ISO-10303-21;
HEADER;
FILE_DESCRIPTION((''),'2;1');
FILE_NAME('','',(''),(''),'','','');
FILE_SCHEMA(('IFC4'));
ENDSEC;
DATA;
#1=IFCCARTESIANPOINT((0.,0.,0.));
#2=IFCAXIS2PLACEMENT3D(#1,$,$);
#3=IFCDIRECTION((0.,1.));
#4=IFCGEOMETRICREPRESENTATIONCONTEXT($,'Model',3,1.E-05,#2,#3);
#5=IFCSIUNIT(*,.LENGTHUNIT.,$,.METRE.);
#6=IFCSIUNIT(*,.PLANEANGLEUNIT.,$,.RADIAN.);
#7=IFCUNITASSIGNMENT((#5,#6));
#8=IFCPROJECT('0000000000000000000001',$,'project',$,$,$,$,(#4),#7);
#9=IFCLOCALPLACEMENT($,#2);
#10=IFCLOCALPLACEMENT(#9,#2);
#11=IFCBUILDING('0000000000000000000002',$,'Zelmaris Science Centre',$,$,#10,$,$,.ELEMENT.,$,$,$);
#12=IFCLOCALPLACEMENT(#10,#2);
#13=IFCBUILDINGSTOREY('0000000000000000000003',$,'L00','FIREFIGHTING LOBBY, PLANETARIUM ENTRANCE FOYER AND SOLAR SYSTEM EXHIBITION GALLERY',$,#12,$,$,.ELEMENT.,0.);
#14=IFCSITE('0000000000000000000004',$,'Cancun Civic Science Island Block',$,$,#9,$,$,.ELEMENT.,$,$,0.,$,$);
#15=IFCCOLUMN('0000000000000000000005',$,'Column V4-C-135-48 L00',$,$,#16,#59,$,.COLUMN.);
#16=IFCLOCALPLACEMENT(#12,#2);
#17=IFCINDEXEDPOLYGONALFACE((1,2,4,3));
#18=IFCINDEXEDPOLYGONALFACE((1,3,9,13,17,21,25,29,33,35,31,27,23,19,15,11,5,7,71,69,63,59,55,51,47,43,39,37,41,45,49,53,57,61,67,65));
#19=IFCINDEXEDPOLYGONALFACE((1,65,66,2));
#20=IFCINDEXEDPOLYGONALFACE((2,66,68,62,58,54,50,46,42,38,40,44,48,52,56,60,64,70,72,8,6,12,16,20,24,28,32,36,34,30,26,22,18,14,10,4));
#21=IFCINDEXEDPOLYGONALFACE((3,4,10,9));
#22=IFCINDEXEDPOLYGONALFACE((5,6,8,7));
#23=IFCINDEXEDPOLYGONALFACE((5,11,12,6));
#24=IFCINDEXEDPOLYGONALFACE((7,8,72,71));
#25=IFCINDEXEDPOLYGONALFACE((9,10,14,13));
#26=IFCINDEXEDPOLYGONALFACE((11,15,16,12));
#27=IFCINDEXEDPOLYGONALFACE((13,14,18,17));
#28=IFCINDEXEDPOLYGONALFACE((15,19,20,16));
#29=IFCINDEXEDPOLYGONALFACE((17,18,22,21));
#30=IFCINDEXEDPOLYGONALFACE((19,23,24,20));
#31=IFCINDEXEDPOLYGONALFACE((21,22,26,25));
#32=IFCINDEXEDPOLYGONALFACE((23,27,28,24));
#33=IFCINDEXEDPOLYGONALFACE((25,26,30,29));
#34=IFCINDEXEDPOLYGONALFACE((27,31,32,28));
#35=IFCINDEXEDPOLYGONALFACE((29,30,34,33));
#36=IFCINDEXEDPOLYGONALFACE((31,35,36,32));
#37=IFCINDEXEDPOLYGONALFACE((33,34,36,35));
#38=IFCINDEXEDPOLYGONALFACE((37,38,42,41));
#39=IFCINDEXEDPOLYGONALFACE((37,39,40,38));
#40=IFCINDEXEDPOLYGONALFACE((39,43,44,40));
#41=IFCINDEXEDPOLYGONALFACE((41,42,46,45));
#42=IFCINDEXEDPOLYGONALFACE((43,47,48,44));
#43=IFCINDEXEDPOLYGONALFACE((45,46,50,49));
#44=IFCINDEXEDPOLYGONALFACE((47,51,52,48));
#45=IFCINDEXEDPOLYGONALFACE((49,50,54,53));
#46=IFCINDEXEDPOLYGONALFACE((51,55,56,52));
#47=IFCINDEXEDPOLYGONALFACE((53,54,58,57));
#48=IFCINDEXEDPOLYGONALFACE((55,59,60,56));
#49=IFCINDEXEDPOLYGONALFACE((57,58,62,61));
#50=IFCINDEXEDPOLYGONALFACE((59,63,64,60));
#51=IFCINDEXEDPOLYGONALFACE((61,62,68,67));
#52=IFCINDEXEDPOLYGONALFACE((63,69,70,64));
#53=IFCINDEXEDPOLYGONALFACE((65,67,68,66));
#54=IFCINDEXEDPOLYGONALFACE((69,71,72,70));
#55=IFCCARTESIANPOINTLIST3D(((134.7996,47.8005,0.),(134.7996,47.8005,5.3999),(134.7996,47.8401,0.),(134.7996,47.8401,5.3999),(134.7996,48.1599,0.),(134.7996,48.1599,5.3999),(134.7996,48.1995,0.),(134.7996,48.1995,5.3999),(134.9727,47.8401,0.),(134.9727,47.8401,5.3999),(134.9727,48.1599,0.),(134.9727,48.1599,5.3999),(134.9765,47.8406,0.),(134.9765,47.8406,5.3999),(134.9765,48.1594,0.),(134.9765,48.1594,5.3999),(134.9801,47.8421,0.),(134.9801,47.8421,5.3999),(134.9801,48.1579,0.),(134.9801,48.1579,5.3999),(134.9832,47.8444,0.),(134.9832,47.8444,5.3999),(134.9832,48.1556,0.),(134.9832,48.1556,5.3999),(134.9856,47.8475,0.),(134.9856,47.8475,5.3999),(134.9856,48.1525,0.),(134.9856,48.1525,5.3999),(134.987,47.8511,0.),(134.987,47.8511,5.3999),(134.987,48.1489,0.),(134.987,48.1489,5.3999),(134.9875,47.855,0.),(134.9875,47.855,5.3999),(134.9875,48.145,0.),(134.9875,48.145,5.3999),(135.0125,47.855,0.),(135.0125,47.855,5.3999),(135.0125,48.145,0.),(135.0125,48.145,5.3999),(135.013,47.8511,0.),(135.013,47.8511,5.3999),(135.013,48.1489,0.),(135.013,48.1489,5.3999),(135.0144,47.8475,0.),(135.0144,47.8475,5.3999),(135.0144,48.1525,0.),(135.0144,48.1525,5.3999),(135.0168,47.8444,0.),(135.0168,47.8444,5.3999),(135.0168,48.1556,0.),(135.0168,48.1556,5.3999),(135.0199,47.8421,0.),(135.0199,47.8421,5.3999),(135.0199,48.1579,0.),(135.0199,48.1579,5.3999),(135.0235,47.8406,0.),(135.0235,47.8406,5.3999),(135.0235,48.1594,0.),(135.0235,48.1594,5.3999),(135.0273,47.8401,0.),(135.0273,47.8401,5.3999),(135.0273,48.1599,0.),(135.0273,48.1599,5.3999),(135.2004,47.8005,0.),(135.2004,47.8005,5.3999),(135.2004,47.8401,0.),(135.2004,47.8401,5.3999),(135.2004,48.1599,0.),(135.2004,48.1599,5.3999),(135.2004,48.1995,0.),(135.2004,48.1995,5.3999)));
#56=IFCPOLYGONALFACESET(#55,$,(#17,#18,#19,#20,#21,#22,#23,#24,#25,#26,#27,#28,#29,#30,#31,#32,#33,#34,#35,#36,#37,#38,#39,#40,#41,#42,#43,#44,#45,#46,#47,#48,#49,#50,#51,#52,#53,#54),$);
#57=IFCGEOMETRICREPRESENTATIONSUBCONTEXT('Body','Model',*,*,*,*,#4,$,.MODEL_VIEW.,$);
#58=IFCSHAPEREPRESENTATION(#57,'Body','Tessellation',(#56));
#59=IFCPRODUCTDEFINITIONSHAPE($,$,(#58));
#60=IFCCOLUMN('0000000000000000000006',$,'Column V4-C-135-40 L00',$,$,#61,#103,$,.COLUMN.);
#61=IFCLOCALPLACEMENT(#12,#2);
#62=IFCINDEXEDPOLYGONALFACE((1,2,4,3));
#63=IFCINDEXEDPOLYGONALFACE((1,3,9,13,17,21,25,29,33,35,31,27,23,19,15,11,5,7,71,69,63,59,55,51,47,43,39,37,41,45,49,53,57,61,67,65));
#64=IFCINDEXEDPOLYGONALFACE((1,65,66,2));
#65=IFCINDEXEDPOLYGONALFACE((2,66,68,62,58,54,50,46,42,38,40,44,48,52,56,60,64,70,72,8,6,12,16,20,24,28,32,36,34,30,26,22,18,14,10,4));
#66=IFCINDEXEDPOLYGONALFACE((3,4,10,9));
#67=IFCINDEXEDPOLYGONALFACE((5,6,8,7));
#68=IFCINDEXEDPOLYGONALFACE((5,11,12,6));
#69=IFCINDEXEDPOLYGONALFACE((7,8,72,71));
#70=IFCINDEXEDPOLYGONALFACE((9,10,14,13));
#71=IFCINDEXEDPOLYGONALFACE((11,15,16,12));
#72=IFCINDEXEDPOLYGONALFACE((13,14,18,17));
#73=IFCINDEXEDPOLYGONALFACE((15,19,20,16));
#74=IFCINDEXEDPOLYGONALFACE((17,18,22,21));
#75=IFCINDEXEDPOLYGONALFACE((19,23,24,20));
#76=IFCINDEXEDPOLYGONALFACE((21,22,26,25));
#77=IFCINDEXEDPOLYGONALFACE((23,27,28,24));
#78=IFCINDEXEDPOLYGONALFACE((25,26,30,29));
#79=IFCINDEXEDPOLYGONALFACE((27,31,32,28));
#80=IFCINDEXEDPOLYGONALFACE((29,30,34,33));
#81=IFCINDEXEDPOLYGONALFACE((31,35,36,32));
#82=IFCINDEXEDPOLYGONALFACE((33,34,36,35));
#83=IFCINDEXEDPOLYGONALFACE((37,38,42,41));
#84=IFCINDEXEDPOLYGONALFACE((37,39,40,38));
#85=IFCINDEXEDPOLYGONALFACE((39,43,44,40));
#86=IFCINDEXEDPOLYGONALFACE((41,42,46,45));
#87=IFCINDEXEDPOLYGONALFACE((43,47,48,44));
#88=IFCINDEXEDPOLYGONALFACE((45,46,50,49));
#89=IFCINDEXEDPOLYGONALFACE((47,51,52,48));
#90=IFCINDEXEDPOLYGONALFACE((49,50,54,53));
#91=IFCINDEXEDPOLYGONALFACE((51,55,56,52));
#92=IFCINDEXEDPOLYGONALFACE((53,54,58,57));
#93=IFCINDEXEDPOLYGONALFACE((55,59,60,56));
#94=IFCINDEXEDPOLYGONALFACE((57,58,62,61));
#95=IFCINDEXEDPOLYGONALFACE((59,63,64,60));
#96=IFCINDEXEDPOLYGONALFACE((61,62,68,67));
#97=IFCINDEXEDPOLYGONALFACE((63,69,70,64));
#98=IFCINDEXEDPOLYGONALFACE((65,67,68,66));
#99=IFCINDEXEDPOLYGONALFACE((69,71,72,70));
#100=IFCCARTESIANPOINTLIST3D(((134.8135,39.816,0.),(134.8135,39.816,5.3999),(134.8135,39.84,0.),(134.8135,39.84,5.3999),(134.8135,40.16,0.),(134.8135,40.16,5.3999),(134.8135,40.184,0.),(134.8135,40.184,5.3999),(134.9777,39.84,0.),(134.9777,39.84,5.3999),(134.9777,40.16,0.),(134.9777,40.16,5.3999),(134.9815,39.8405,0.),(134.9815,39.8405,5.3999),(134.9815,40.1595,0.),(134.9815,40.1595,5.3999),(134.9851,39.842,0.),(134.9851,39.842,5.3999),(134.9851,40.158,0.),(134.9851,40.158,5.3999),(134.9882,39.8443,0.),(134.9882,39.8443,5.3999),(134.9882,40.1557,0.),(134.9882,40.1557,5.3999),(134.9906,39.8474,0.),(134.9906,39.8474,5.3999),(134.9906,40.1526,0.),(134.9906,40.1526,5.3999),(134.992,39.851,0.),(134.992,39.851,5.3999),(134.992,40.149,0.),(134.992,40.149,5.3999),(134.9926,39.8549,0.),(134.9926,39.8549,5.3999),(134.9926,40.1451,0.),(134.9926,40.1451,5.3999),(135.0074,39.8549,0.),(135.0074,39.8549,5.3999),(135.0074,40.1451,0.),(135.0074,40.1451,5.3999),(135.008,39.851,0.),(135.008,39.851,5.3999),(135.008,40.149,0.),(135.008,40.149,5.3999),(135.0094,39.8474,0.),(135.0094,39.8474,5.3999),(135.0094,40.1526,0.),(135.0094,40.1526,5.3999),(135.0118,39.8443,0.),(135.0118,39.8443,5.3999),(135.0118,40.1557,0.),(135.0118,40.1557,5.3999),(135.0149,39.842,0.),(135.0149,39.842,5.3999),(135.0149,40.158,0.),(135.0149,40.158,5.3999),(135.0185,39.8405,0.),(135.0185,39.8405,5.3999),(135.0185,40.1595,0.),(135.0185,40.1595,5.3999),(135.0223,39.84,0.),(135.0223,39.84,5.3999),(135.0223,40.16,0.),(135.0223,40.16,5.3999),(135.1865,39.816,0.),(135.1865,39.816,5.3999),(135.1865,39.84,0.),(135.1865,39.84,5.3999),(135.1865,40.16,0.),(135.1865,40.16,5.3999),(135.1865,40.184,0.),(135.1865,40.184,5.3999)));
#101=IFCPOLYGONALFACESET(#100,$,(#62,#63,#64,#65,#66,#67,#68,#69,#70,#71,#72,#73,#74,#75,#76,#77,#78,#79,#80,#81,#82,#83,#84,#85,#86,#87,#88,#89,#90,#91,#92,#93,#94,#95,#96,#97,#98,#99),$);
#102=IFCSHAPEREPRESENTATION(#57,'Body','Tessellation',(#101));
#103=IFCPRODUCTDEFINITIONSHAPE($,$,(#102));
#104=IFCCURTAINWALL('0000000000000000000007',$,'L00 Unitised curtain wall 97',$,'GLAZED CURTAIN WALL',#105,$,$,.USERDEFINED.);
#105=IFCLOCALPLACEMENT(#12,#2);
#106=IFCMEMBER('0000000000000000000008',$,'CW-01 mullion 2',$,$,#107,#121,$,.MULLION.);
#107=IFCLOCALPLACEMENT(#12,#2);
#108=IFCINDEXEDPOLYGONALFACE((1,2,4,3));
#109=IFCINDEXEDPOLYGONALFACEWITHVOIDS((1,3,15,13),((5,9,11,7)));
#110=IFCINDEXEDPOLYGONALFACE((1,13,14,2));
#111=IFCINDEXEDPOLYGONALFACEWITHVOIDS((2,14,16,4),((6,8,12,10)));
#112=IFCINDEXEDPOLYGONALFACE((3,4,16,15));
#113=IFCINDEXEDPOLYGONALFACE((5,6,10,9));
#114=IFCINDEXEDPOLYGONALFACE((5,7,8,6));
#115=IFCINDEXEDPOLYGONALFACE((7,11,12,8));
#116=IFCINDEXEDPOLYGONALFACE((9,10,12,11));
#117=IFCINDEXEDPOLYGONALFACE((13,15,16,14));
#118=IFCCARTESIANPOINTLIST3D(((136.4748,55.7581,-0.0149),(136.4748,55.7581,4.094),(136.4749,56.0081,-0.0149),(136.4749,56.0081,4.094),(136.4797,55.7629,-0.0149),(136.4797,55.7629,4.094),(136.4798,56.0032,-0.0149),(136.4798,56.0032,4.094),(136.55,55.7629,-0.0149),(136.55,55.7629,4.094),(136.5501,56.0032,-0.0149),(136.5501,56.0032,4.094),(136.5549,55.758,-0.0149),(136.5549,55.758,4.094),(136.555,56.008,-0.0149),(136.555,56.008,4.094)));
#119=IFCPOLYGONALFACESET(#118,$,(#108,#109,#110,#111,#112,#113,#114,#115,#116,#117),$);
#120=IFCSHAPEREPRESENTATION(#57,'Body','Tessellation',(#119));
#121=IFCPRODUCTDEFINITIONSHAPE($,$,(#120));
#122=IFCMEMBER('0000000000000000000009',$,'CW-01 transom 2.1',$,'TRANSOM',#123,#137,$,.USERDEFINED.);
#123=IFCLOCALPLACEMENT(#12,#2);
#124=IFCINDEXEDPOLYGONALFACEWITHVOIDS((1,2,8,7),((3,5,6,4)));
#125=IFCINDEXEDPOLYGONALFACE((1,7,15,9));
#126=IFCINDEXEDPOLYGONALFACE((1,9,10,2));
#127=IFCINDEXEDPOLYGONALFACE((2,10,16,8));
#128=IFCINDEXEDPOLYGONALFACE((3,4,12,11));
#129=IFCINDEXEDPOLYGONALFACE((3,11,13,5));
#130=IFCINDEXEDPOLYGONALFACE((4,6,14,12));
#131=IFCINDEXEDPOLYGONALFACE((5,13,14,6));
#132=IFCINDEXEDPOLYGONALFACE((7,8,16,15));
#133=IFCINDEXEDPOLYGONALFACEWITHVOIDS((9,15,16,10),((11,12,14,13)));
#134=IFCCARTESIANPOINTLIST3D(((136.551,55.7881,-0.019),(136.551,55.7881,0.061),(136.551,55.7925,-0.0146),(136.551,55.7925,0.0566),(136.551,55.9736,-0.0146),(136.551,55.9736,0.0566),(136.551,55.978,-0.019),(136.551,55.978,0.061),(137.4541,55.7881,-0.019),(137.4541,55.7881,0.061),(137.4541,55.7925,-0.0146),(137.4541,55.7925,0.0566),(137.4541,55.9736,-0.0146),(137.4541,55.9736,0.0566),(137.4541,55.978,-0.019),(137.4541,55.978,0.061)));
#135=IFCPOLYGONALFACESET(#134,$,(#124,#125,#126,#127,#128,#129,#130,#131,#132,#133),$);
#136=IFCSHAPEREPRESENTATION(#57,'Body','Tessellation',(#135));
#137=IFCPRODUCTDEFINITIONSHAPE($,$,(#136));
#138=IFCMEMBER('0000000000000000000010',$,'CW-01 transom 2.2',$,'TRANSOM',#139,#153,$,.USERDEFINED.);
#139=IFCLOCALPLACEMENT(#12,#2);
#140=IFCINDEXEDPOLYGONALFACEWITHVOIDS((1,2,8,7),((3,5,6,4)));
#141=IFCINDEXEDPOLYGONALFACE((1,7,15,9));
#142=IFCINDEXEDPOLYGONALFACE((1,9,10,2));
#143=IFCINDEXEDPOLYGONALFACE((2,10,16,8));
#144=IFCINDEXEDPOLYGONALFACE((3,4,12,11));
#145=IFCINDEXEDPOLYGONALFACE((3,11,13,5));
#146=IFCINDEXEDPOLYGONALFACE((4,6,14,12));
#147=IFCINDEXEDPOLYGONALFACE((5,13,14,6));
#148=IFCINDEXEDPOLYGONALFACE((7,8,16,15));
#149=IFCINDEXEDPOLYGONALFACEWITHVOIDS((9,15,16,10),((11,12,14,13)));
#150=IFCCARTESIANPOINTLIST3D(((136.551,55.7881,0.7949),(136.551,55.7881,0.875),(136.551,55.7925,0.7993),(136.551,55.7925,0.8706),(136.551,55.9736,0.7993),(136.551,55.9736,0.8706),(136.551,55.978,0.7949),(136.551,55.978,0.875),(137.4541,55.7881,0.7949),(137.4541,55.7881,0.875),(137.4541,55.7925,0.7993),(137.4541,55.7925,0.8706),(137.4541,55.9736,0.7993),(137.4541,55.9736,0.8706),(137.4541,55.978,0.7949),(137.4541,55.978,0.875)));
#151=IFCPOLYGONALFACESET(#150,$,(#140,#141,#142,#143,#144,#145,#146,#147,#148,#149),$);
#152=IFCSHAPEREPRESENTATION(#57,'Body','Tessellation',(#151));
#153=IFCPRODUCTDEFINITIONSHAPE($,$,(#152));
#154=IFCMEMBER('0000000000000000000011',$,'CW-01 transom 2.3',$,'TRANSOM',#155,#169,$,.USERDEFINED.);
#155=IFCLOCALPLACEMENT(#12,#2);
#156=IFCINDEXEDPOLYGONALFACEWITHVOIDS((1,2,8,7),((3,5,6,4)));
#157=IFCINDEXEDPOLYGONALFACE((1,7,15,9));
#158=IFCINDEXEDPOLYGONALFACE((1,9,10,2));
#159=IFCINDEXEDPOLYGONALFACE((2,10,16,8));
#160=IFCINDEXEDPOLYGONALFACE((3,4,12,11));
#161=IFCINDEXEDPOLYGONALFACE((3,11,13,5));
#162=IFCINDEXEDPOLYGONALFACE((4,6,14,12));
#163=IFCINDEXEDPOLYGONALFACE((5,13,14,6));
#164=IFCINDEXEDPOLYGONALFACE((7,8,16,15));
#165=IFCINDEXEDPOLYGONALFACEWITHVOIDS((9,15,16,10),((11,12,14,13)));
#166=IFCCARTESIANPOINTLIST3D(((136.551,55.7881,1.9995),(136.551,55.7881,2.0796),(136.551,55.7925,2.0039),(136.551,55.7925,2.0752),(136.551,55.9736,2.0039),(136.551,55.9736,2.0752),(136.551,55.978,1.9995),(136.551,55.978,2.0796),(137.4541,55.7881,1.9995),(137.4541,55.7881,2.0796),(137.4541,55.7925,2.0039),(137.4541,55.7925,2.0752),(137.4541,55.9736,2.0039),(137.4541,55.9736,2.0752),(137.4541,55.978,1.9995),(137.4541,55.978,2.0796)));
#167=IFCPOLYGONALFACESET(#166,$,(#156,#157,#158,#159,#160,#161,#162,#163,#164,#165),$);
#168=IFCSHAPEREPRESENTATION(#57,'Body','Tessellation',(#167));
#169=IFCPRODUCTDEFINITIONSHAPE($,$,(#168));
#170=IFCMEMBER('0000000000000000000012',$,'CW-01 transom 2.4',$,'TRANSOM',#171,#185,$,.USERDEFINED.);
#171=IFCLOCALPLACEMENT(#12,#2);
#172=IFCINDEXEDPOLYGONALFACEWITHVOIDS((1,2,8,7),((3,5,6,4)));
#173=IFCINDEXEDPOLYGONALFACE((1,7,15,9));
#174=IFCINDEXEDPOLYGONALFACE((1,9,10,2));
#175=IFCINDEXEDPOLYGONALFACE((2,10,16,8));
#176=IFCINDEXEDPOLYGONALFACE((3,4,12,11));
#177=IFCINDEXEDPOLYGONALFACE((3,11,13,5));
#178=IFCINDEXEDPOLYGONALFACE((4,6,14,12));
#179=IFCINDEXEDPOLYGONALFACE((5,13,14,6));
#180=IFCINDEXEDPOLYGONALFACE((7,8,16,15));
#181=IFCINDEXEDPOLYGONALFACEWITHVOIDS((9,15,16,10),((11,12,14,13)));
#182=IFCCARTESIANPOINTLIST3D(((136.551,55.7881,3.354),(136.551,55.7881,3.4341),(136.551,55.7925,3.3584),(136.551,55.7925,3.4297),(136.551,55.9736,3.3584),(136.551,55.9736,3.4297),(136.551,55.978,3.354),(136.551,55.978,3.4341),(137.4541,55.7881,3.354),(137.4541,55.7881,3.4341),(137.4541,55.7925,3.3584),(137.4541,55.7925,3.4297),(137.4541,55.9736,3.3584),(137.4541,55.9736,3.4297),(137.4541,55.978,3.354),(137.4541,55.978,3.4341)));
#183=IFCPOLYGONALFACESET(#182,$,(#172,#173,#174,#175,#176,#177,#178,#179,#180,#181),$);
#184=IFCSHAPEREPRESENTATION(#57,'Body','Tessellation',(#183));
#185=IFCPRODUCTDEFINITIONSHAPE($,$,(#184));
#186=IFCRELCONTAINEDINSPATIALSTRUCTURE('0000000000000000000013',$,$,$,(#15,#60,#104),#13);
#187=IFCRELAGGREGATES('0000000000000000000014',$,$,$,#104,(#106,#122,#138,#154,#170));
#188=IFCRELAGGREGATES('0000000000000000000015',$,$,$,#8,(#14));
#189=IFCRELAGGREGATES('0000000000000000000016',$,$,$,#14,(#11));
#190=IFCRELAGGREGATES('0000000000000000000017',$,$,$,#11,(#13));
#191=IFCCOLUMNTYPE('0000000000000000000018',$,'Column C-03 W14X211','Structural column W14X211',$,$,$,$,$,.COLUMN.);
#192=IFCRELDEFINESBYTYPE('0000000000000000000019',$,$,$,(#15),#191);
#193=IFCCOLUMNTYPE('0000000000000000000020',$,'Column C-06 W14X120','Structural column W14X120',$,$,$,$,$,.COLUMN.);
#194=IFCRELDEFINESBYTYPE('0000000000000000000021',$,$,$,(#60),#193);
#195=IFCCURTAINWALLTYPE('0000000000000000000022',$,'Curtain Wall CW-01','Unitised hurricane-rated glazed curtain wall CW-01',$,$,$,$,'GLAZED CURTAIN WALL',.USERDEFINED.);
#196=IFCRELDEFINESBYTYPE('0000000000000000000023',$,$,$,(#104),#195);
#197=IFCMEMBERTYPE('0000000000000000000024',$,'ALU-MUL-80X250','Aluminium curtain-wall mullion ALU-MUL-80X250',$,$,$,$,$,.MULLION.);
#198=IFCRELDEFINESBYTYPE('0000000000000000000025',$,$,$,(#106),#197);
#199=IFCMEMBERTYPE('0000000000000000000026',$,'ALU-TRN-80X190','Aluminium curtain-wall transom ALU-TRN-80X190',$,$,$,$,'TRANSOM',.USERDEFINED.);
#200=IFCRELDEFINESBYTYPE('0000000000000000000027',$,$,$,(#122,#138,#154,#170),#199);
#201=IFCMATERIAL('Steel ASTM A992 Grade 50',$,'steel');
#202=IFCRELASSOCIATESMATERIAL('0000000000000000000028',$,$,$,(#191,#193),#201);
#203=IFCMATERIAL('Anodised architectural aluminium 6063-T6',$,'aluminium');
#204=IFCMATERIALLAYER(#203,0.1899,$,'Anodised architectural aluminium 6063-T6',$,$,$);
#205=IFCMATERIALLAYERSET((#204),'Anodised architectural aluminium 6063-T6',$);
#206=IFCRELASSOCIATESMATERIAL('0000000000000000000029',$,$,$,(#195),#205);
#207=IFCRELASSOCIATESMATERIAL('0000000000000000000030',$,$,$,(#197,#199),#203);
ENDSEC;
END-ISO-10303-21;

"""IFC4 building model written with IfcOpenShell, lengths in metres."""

from ifc_helpers import new_model, si_unit, direction, frame, origin, origin_2d, place, context, subcontext, project, spatial, hollow_rectangle, i_section, extrude, material, layer, layer_set, material_profile, profile_set, type_object, element, aggregate, save


model = new_model("IFC4")

# Units and contexts
model_context = context("Model", 3, precision=1e-05, world=origin(), true_north=direction((0.0, 1.0)))
body_context = subcontext(model_context, "Body", "Model", "MODEL_VIEW")
ifc_project = project(units=[si_unit("LENGTHUNIT", "METRE"), si_unit("PLANEANGLEUNIT", "RADIAN")], contexts=[model_context])

# Site, building, storey
site_placement = place(None, origin())
site = spatial("IfcSite", under=ifc_project, at=site_placement, Name="Cancun Civic Science Island Block", CompositionType="ELEMENT", RefElevation=0.0)
building_placement = place(site_placement, origin())
building = spatial("IfcBuilding", under=site, at=building_placement, Name="Zelmaris Science Centre", CompositionType="ELEMENT")
storey_placement = place(building_placement, origin())
storey = spatial("IfcBuildingStorey", under=building, at=storey_placement, Name="L00", Description="FIREFIGHTING LOBBY, PLANETARIUM ENTRANCE FOYER AND SOLAR SYSTEM EXHIBITION GALLERY", CompositionType="ELEMENT", Elevation=0.0)

# Columns
ifc_material_1 = material(Name="Steel ASTM A992 Grade 50", Category="steel")
ifc_material_profile_1 = material_profile(ifc_material_1, i_section(OverallWidth=0.4009, OverallDepth=0.3989, WebThickness=0.0249, FlangeThickness=0.0396, FilletRadius=0.0149, at=origin_2d()), Name="W14X211")
ifc_profile_set_1 = profile_set([ifc_material_profile_1], Name="Steel ASTM A992 Grade 50")
column_type_1 = type_object("IfcColumnType", Name="Column C-03 W14X211", Description="Structural column W14X211", PredefinedType="COLUMN", material=ifc_profile_set_1)
column_1_placement = place(storey_placement, frame((135.0, 48.0, 0.0), z_axis=(0.0, 0.0, 1.0), x_axis=(1.0, 0.0, 0.0)))
element("IfcColumn", 1, at=column_1_placement, inside=storey, type_object=column_type_1, Name="Column V4-C-135-48 L00", PredefinedType="COLUMN", context=body_context, shape_type="SweptSolid", body=[
    extrude(i_section(OverallWidth=0.4009, OverallDepth=0.3989, WebThickness=0.0249, FlangeThickness=0.0396, FilletRadius=0.0149, at=origin_2d()), origin(), (0.0, 0.0, 1.0), 5.3999),
])
ifc_material_profile_2 = material_profile(ifc_material_1, i_section(OverallWidth=0.373, OverallDepth=0.3679, WebThickness=0.0149, FlangeThickness=0.0239, FilletRadius=0.0149, at=origin_2d()), Name="W14X120")
ifc_profile_set_2 = profile_set([ifc_material_profile_2], Name="Steel ASTM A992 Grade 50")
column_type_2 = type_object("IfcColumnType", Name="Column C-06 W14X120", Description="Structural column W14X120", PredefinedType="COLUMN", material=ifc_profile_set_2)
column_2_placement = place(storey_placement, frame((135.0, 40.0, 0.0), z_axis=(0.0, 0.0, 1.0), x_axis=(1.0, 0.0, 0.0)))
element("IfcColumn", 2, at=column_2_placement, inside=storey, type_object=column_type_2, Name="Column V4-C-135-40 L00", PredefinedType="COLUMN", context=body_context, shape_type="SweptSolid", body=[
    extrude(i_section(OverallWidth=0.373, OverallDepth=0.3679, WebThickness=0.0149, FlangeThickness=0.0239, FilletRadius=0.0149, at=origin_2d()), origin(), (0.0, 0.0, 1.0), 5.3999),
])

# Curtain wall, members
ifc_material_2 = material(Name="Anodised architectural aluminium 6063-T6", Category="aluminium")
ifc_layer_1 = layer(ifc_material_2, 0.1899, Name="Anodised architectural aluminium 6063-T6")
ifc_layer_set_1 = layer_set([ifc_layer_1], Name="Anodised architectural aluminium 6063-T6")
curtain_wall_type = type_object("IfcCurtainWallType", Name="Curtain Wall CW-01", Description="Unitised hurricane-rated glazed curtain wall CW-01", ElementType="GLAZED CURTAIN WALL", PredefinedType="USERDEFINED", material=ifc_layer_set_1)
curtain_wall_placement = place(storey_placement, origin())
curtain_wall = element("IfcCurtainWall", 3, at=curtain_wall_placement, inside=storey, type_object=curtain_wall_type, Name="L00 Unitised curtain wall 97", ObjectType="GLAZED CURTAIN WALL", PredefinedType="USERDEFINED")
ifc_material_profile_3 = material_profile(ifc_material_2, hollow_rectangle(XDim=0.0801, YDim=0.25, WallThickness=0.0049, at=origin_2d()), Name="ALU-MUL-80X250")
ifc_profile_set_3 = profile_set([ifc_material_profile_3], Name="Anodised architectural aluminium 6063-T6")
member_type_1 = type_object("IfcMemberType", Name="ALU-MUL-80X250", Description="Aluminium curtain-wall mullion ALU-MUL-80X250", PredefinedType="MULLION", material=ifc_profile_set_3)
member_1_placement = place(storey_placement, frame((136.5149, 55.8831, -0.0149), z_axis=(0.0, 0.0, 1.0), x_axis=(1.0, -0.000194, 0.0)))
member_1 = element("IfcMember", 4, at=member_1_placement, type_object=member_type_1, Name="CW-01 mullion 2", PredefinedType="MULLION", context=body_context, shape_type="SweptSolid", body=[
    extrude(hollow_rectangle(XDim=0.0801, YDim=0.25, WallThickness=0.0049, at=origin_2d()), origin(), (0.0, 0.0, 1.0), 4.1089),
])
ifc_material_profile_4 = material_profile(ifc_material_2, hollow_rectangle(XDim=0.0801, YDim=0.1899, WallThickness=0.0044, at=origin_2d()), Name="ALU-TRN-80X190")
ifc_profile_set_4 = profile_set([ifc_material_profile_4], Name="Anodised architectural aluminium 6063-T6")
member_type_2 = type_object("IfcMemberType", Name="ALU-TRN-80X190", Description="Aluminium curtain-wall transom ALU-TRN-80X190", ElementType="TRANSOM", PredefinedType="USERDEFINED", material=ifc_profile_set_4)
member_2_placement = place(storey_placement, frame((136.551, 55.8831, 0.021), z_axis=(1.0, 0.0, 0.0), x_axis=(0.0, 0.0, 1.0)))
member_2 = element("IfcMember", 5, at=member_2_placement, type_object=member_type_2, Name="CW-01 transom 2.1", ObjectType="TRANSOM", PredefinedType="USERDEFINED", context=body_context, shape_type="SweptSolid", body=[
    extrude(hollow_rectangle(XDim=0.0801, YDim=0.1899, WallThickness=0.0044, at=origin_2d()), origin(), (0.0, 0.0, 1.0), 0.9031),
])
member_3_placement = place(storey_placement, frame((136.551, 55.8831, 0.835), z_axis=(1.0, 0.0, 0.0), x_axis=(0.0, 0.0, 1.0)))
member_3 = element("IfcMember", 6, at=member_3_placement, type_object=member_type_2, Name="CW-01 transom 2.2", ObjectType="TRANSOM", PredefinedType="USERDEFINED", context=body_context, shape_type="SweptSolid", body=[
    extrude(hollow_rectangle(XDim=0.0801, YDim=0.1899, WallThickness=0.0044, at=origin_2d()), origin(), (0.0, 0.0, 1.0), 0.9031),
])
member_4_placement = place(storey_placement, frame((136.551, 55.8831, 2.0396), z_axis=(1.0, 0.0, 0.0), x_axis=(0.0, 0.0, 1.0)))
member_4 = element("IfcMember", 7, at=member_4_placement, type_object=member_type_2, Name="CW-01 transom 2.3", ObjectType="TRANSOM", PredefinedType="USERDEFINED", context=body_context, shape_type="SweptSolid", body=[
    extrude(hollow_rectangle(XDim=0.0801, YDim=0.1899, WallThickness=0.0044, at=origin_2d()), origin(), (0.0, 0.0, 1.0), 0.9031),
])
member_5_placement = place(storey_placement, frame((136.551, 55.8831, 3.394), z_axis=(1.0, 0.0, 0.0), x_axis=(0.0, 0.0, 1.0)))
member_5 = element("IfcMember", 8, at=member_5_placement, type_object=member_type_2, Name="CW-01 transom 2.4", ObjectType="TRANSOM", PredefinedType="USERDEFINED", context=body_context, shape_type="SweptSolid", body=[
    extrude(hollow_rectangle(XDim=0.0801, YDim=0.1899, WallThickness=0.0044, at=origin_2d()), origin(), (0.0, 0.0, 1.0), 0.9031),
])

aggregate(curtain_wall, [member_1, member_2, member_3, member_4, member_5])

save(model, "model.ifc")
